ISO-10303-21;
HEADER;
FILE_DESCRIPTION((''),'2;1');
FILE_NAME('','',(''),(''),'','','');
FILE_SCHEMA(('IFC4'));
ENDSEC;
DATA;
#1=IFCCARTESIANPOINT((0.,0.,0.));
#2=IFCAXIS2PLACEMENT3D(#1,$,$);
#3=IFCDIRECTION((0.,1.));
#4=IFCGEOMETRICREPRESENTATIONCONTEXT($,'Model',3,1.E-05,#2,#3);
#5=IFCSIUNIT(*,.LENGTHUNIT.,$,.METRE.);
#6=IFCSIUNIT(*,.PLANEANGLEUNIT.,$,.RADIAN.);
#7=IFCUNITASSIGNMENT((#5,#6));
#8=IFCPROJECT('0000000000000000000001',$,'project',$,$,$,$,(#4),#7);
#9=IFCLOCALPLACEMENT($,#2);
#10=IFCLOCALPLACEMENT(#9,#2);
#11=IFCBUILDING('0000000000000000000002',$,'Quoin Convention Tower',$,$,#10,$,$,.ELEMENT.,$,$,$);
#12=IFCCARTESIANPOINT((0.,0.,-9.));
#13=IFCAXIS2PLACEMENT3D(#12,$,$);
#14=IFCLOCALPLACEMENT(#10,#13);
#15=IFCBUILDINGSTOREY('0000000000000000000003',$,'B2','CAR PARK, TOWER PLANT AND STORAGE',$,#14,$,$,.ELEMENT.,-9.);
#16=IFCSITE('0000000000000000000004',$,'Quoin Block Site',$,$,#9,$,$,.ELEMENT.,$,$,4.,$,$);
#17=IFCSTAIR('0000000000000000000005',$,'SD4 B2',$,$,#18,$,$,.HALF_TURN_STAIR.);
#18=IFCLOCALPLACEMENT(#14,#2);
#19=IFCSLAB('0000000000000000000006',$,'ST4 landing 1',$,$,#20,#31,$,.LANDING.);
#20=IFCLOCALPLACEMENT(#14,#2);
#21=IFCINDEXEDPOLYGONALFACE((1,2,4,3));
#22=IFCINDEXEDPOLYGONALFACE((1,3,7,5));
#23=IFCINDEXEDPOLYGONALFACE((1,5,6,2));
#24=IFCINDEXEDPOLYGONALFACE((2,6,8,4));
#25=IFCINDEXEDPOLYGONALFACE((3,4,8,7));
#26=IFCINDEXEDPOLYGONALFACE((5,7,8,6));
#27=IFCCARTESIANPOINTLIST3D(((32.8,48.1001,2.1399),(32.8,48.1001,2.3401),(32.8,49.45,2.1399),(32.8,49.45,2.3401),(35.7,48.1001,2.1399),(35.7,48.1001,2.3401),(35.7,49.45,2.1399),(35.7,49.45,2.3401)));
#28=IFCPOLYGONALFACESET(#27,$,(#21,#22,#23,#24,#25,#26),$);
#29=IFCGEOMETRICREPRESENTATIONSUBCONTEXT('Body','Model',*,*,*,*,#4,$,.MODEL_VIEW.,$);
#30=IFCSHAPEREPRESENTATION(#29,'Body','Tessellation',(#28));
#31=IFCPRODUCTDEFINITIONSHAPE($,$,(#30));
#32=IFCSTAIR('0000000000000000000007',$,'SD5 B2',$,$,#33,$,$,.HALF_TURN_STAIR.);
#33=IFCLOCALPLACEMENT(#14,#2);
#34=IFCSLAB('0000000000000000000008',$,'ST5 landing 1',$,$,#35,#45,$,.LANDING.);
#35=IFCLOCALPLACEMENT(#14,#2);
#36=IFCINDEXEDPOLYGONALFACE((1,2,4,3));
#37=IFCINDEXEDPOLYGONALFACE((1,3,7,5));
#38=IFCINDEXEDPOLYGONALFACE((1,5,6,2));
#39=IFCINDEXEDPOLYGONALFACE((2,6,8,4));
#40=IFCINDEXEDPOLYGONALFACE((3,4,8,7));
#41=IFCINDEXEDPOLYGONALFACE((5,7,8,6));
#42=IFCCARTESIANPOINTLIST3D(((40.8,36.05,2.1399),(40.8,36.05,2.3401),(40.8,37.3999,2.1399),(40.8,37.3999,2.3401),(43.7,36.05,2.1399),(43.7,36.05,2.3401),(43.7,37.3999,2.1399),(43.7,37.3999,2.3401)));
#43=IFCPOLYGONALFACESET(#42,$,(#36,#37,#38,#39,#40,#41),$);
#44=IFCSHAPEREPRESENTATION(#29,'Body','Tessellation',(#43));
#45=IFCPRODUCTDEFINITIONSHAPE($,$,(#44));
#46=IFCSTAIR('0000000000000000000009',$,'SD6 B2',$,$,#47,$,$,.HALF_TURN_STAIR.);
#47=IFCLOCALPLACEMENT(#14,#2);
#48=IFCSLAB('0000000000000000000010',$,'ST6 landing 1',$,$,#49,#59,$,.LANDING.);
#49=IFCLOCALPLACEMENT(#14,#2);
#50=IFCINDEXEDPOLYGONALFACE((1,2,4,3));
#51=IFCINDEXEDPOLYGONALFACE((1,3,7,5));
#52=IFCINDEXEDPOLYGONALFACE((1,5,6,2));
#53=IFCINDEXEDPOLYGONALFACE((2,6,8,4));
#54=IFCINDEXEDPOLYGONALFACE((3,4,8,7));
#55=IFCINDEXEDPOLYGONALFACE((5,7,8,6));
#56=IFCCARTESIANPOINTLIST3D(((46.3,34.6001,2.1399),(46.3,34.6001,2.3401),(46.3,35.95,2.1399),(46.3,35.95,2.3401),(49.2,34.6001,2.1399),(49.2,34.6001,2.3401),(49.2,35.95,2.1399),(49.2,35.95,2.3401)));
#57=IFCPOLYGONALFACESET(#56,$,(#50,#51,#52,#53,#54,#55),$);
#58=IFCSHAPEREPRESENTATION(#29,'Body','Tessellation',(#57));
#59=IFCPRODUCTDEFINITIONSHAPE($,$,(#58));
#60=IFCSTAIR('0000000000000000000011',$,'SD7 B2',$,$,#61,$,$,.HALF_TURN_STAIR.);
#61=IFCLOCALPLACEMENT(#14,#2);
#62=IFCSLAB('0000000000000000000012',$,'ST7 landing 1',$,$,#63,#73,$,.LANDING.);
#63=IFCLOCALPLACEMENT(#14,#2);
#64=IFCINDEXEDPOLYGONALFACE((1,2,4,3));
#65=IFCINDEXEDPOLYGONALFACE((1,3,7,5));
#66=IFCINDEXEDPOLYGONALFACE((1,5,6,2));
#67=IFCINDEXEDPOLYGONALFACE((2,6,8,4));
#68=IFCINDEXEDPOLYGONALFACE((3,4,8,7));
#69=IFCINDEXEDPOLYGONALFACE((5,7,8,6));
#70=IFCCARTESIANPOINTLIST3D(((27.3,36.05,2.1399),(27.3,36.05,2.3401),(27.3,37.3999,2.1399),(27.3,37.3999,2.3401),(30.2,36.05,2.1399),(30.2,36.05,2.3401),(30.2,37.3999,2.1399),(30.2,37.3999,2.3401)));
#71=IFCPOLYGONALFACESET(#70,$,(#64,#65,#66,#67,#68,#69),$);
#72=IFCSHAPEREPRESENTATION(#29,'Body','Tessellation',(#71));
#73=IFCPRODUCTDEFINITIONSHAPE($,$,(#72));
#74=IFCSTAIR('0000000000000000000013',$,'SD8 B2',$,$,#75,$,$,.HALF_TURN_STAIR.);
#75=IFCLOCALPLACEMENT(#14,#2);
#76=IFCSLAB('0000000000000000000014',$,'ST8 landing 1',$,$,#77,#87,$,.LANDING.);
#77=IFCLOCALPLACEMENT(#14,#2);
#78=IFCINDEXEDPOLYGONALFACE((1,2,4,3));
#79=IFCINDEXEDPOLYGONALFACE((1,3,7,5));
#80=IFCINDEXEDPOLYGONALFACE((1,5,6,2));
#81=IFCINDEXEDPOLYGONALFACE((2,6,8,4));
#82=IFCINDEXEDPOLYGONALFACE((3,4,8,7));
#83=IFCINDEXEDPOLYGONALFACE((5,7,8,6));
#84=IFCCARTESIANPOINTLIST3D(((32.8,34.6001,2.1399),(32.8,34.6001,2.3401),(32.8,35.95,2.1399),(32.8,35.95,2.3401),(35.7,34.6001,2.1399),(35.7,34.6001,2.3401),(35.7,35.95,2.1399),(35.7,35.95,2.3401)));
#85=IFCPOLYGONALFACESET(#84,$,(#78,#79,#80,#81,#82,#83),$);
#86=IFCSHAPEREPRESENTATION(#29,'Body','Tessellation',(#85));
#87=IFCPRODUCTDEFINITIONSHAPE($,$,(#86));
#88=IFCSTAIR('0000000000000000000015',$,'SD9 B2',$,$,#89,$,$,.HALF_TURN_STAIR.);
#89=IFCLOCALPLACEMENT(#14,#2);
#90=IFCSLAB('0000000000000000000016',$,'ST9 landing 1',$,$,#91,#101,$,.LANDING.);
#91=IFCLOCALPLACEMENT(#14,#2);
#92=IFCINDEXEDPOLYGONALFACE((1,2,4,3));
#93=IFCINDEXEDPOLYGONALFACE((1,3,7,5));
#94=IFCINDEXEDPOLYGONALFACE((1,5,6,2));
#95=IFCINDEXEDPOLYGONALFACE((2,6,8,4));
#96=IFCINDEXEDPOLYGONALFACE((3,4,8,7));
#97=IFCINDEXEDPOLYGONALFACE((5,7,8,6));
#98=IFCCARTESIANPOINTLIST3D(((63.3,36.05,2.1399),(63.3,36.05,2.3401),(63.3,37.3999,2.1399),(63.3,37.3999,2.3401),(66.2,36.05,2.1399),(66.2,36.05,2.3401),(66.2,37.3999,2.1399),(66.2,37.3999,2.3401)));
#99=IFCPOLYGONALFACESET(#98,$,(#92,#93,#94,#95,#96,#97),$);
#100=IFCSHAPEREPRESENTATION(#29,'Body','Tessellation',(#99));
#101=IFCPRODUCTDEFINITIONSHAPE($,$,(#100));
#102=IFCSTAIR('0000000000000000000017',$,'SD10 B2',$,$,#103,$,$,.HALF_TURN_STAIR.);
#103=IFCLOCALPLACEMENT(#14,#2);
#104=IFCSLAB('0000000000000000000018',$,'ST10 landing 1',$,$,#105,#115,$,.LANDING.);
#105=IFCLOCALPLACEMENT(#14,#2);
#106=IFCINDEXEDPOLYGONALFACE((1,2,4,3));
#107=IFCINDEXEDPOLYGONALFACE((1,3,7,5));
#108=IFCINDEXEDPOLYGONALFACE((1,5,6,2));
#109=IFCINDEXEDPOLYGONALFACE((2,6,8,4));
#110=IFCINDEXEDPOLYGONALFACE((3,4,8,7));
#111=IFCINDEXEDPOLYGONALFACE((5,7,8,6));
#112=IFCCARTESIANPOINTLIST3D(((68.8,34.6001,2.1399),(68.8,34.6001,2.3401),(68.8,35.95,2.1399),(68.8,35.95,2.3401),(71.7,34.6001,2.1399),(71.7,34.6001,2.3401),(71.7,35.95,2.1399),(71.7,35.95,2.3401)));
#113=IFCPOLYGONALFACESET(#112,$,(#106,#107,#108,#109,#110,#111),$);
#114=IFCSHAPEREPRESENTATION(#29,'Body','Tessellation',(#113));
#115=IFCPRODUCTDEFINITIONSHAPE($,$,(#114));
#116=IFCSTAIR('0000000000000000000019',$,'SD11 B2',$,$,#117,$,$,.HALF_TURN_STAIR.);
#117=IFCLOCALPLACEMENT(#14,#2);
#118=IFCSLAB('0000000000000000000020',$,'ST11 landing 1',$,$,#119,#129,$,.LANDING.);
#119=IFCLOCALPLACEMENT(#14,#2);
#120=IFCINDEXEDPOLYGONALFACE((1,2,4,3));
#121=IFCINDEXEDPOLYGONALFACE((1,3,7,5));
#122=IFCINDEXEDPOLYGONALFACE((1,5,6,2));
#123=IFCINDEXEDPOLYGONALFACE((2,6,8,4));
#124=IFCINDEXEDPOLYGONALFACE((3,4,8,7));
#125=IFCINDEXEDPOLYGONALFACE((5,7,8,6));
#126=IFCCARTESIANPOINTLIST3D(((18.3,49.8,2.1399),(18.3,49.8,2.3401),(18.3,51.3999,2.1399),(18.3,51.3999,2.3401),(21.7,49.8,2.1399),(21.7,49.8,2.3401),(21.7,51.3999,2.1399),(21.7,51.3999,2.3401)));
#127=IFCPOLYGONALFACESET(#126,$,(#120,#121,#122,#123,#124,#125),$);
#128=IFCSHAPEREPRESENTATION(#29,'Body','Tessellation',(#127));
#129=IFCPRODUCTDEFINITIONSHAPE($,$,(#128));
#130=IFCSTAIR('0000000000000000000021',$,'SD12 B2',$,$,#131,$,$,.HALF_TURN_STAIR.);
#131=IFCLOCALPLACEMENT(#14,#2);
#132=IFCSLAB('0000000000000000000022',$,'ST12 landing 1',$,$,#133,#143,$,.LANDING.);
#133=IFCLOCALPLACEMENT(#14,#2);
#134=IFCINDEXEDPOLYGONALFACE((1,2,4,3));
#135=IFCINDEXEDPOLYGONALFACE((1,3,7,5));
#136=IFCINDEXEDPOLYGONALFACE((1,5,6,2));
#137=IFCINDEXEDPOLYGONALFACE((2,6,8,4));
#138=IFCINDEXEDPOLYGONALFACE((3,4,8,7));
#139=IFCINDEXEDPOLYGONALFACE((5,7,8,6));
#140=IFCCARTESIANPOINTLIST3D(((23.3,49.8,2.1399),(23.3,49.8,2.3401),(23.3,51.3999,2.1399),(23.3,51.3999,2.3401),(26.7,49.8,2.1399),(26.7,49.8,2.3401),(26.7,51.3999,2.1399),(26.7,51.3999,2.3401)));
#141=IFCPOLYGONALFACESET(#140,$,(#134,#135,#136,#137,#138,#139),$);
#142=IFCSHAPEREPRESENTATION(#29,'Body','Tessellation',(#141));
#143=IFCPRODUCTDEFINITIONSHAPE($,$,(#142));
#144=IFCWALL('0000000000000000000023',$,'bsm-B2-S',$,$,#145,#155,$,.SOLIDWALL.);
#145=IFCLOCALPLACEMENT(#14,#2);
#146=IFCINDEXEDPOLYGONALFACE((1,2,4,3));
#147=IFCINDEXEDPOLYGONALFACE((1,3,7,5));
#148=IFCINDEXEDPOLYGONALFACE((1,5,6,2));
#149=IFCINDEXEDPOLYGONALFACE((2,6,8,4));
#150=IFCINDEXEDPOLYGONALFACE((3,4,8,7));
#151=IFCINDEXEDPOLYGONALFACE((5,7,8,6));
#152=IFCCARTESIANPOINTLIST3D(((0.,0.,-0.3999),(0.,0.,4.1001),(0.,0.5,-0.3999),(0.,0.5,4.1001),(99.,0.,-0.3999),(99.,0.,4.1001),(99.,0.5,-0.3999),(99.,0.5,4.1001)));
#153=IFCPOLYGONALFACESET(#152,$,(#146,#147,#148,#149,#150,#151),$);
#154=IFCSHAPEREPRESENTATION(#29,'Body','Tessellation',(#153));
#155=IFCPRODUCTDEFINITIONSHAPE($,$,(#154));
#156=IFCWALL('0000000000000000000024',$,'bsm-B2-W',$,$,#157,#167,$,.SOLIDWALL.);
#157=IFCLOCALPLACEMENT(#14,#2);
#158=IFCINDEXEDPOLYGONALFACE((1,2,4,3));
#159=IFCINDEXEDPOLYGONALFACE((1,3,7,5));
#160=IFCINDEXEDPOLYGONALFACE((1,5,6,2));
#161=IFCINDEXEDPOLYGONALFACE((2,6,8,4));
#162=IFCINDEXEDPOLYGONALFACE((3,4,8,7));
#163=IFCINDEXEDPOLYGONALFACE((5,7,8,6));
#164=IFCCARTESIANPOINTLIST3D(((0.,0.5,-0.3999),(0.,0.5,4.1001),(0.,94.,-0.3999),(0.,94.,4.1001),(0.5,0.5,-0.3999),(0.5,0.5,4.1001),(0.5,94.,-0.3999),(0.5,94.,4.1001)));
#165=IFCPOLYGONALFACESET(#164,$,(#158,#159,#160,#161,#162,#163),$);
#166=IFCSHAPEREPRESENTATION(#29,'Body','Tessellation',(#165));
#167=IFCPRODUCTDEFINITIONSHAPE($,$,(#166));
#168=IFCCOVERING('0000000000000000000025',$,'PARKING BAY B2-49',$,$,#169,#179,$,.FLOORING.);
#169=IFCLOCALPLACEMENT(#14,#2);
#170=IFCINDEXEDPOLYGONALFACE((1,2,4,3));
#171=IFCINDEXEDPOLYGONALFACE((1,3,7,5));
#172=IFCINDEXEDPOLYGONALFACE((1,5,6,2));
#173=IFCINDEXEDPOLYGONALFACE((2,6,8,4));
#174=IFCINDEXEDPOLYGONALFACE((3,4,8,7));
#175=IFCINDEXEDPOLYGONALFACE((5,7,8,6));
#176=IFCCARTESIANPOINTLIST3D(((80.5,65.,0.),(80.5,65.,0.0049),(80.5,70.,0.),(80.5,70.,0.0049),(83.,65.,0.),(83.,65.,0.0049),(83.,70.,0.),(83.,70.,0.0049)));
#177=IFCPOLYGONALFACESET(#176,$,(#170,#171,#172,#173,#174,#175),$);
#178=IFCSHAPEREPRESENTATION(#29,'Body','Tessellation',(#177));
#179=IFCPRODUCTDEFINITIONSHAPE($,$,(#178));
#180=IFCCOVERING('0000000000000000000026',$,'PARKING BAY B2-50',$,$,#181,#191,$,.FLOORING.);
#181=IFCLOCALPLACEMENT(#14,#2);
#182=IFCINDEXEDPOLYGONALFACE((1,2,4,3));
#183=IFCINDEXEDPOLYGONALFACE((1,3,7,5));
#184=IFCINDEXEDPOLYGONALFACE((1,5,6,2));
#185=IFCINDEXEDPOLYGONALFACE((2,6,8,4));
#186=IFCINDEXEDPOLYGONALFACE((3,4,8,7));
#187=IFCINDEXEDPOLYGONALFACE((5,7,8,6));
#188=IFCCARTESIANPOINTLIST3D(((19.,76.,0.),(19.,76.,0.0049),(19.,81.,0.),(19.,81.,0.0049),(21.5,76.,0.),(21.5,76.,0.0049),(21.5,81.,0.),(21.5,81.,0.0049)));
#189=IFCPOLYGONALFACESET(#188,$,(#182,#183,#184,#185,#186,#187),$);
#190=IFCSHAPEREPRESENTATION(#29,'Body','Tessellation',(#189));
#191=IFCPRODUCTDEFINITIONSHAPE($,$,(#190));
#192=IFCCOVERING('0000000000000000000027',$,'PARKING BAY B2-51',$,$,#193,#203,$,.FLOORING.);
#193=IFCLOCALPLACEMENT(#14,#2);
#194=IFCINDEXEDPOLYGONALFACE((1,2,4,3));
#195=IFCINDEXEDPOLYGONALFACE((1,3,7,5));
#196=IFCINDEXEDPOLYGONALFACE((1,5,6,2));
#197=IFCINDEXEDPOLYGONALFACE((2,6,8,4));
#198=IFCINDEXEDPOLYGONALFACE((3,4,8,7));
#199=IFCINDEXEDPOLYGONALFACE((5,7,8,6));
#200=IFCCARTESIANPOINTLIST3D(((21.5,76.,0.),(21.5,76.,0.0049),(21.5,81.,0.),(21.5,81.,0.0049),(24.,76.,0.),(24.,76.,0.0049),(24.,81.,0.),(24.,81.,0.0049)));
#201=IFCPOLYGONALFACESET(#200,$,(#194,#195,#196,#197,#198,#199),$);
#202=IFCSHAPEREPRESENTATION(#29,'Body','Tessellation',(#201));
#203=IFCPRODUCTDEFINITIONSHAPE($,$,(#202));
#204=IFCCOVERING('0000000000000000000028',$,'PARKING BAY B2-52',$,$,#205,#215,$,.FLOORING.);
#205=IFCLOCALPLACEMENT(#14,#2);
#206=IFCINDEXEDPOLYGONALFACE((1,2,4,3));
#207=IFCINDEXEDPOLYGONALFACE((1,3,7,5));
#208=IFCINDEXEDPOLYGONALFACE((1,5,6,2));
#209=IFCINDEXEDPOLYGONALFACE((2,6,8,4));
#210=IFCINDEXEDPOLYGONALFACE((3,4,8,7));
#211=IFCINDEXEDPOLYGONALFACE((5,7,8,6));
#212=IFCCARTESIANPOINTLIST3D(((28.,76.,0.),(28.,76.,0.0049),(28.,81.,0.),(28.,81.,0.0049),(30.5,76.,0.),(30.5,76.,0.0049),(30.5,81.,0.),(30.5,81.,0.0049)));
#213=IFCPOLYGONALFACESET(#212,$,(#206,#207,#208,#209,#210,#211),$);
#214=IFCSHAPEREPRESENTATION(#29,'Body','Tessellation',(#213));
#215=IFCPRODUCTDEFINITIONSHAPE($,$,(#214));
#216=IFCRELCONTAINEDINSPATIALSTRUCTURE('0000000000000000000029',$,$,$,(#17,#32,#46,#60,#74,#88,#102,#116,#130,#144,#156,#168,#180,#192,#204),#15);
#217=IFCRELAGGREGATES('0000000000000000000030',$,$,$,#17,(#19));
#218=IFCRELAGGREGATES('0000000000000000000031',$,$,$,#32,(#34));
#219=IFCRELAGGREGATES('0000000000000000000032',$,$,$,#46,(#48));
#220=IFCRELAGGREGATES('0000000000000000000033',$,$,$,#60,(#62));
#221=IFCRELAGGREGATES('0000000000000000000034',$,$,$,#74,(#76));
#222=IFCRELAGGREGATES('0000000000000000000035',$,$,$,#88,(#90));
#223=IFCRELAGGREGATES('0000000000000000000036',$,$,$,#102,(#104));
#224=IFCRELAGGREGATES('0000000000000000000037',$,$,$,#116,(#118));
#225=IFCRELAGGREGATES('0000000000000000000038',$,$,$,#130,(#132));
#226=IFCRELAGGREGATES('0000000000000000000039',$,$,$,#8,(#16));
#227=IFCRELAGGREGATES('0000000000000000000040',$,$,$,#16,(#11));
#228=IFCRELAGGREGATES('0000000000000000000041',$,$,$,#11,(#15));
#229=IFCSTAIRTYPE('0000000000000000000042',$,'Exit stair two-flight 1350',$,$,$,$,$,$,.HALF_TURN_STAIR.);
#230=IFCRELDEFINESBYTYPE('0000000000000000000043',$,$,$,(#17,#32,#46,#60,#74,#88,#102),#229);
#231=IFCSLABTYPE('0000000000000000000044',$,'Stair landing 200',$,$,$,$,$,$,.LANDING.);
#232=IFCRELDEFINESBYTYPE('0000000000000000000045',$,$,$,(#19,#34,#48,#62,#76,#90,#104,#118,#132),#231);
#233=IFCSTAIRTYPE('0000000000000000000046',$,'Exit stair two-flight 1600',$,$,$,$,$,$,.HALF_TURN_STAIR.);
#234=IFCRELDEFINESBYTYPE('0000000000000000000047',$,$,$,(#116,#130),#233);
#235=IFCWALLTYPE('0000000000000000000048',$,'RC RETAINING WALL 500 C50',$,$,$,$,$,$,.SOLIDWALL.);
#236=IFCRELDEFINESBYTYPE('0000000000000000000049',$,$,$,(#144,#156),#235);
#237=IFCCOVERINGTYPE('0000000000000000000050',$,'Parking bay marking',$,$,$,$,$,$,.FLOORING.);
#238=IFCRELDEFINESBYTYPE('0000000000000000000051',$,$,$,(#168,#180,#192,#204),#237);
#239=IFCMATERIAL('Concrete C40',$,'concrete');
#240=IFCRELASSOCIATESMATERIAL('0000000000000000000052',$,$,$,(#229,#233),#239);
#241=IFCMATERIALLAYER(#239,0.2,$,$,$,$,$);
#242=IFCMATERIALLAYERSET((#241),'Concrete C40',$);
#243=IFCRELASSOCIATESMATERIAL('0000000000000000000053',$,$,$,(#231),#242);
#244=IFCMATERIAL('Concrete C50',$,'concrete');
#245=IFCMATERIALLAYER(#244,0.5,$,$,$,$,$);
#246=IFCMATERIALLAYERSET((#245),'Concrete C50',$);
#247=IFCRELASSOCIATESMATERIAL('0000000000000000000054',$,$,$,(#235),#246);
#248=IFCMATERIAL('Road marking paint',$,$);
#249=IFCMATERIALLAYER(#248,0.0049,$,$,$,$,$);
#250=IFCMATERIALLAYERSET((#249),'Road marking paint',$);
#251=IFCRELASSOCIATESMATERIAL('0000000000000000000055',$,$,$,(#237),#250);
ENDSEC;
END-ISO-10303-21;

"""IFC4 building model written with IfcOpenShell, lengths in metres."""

from ifc_helpers import new_model, si_unit, direction, frame, frame_2d, origin, place, context, subcontext, project, spatial, polyline, rectangle, outline, extrude, material, layer, layer_set, type_object, element, aggregate, save


model = new_model("IFC4")

# Units and contexts
model_context = context("Model", 3, precision=1e-05, world=origin(), true_north=direction((0.0, 1.0)))
body_context = subcontext(model_context, "Body", "Model", "MODEL_VIEW")
ifc_project = project(units=[si_unit("LENGTHUNIT", "METRE"), si_unit("PLANEANGLEUNIT", "RADIAN")], contexts=[model_context])

# Site, building, storey
site_placement = place(None, origin())
site = spatial("IfcSite", under=ifc_project, at=site_placement, Name="Quoin Block Site", CompositionType="ELEMENT", RefElevation=4.0)
building_placement = place(site_placement, origin())
building = spatial("IfcBuilding", under=site, at=building_placement, Name="Quoin Convention Tower", CompositionType="ELEMENT")
storey_placement = place(building_placement, frame((0.0, 0.0, -9.0)))
storey = spatial("IfcBuildingStorey", under=building, at=storey_placement, Name="B2", Description="CAR PARK, TOWER PLANT AND STORAGE", CompositionType="ELEMENT", Elevation=-9.0)

# Shared definitions
ifc_material_1 = material(Name="Concrete C50", Category="concrete")

# Shared definitions
ifc_material_2 = material(Name="Concrete C40", Category="concrete")

# Stairs, slabs
stair_type_1 = type_object("IfcStairType", Name="Exit stair two-flight 1350", PredefinedType="HALF_TURN_STAIR", material=ifc_material_2)
ifc_layer_1 = layer(ifc_material_2, 0.2)
ifc_layer_set_1 = layer_set([ifc_layer_1], Name="Concrete C40")
slab_type = type_object("IfcSlabType", Name="Stair landing 200", PredefinedType="LANDING", material=ifc_layer_set_1)
stair_1_placement = place(storey_placement, origin())
stair_1 = element("IfcStair", 1, at=stair_1_placement, inside=storey, type_object=stair_type_1, Name="SD4 B2", PredefinedType="HALF_TURN_STAIR")
slab_1_placement = place(storey_placement, frame((0.0, 0.0, 2.1399)))
slab_1 = element("IfcSlab", 2, at=slab_1_placement, type_object=slab_type, Name="ST4 landing 1", PredefinedType="LANDING", context=body_context, shape_type="SweptSolid", body=[
    extrude(outline(polyline([(35.7, 49.45), (32.8, 49.45), (32.8, 48.1001), (35.7, 48.1001), (35.7, 49.45)])), origin(), (0.0, 0.0, 1.0), 0.2002),
])
aggregate(stair_1, [slab_1])
stair_2_placement = place(storey_placement, origin())
stair_2 = element("IfcStair", 3, at=stair_2_placement, inside=storey, type_object=stair_type_1, Name="SD5 B2", PredefinedType="HALF_TURN_STAIR")
slab_2_placement = place(storey_placement, frame((0.0, 0.0, 2.1399)))
slab_2 = element("IfcSlab", 4, at=slab_2_placement, type_object=slab_type, Name="ST5 landing 1", PredefinedType="LANDING", context=body_context, shape_type="SweptSolid", body=[
    extrude(outline(polyline([(40.8, 36.05), (43.7, 36.05), (43.7, 37.3999), (40.8, 37.3999), (40.8, 36.05)])), origin(), (0.0, 0.0, 1.0), 0.2002),
])
aggregate(stair_2, [slab_2])
stair_3_placement = place(storey_placement, origin())
stair_3 = element("IfcStair", 5, at=stair_3_placement, inside=storey, type_object=stair_type_1, Name="SD6 B2", PredefinedType="HALF_TURN_STAIR")
slab_3_placement = place(storey_placement, frame((0.0, 0.0, 2.1399)))
slab_3 = element("IfcSlab", 6, at=slab_3_placement, type_object=slab_type, Name="ST6 landing 1", PredefinedType="LANDING", context=body_context, shape_type="SweptSolid", body=[
    extrude(outline(polyline([(49.2, 35.95), (46.3, 35.95), (46.3, 34.6001), (49.2, 34.6001), (49.2, 35.95)])), origin(), (0.0, 0.0, 1.0), 0.2002),
])
aggregate(stair_3, [slab_3])
stair_4_placement = place(storey_placement, origin())
stair_4 = element("IfcStair", 7, at=stair_4_placement, inside=storey, type_object=stair_type_1, Name="SD7 B2", PredefinedType="HALF_TURN_STAIR")
slab_4_placement = place(storey_placement, frame((0.0, 0.0, 2.1399)))
slab_4 = element("IfcSlab", 8, at=slab_4_placement, type_object=slab_type, Name="ST7 landing 1", PredefinedType="LANDING", context=body_context, shape_type="SweptSolid", body=[
    extrude(outline(polyline([(27.3, 36.05), (30.2, 36.05), (30.2, 37.3999), (27.3, 37.3999), (27.3, 36.05)])), origin(), (0.0, 0.0, 1.0), 0.2002),
])
aggregate(stair_4, [slab_4])
stair_5_placement = place(storey_placement, origin())
stair_5 = element("IfcStair", 9, at=stair_5_placement, inside=storey, type_object=stair_type_1, Name="SD8 B2", PredefinedType="HALF_TURN_STAIR")
slab_5_placement = place(storey_placement, frame((0.0, 0.0, 2.1399)))
slab_5 = element("IfcSlab", 10, at=slab_5_placement, type_object=slab_type, Name="ST8 landing 1", PredefinedType="LANDING", context=body_context, shape_type="SweptSolid", body=[
    extrude(outline(polyline([(35.7, 35.95), (32.8, 35.95), (32.8, 34.6001), (35.7, 34.6001), (35.7, 35.95)])), origin(), (0.0, 0.0, 1.0), 0.2002),
])
aggregate(stair_5, [slab_5])
stair_6_placement = place(storey_placement, origin())
stair_6 = element("IfcStair", 11, at=stair_6_placement, inside=storey, type_object=stair_type_1, Name="SD9 B2", PredefinedType="HALF_TURN_STAIR")
slab_6_placement = place(storey_placement, frame((0.0, 0.0, 2.1399)))
slab_6 = element("IfcSlab", 12, at=slab_6_placement, type_object=slab_type, Name="ST9 landing 1", PredefinedType="LANDING", context=body_context, shape_type="SweptSolid", body=[
    extrude(outline(polyline([(63.3, 36.05), (66.2, 36.05), (66.2, 37.3999), (63.3, 37.3999), (63.3, 36.05)])), origin(), (0.0, 0.0, 1.0), 0.2002),
])
aggregate(stair_6, [slab_6])
stair_7_placement = place(storey_placement, origin())
stair_7 = element("IfcStair", 13, at=stair_7_placement, inside=storey, type_object=stair_type_1, Name="SD10 B2", PredefinedType="HALF_TURN_STAIR")
slab_7_placement = place(storey_placement, frame((0.0, 0.0, 2.1399)))
slab_7 = element("IfcSlab", 14, at=slab_7_placement, type_object=slab_type, Name="ST10 landing 1", PredefinedType="LANDING", context=body_context, shape_type="SweptSolid", body=[
    extrude(outline(polyline([(71.7, 35.95), (68.8, 35.95), (68.8, 34.6001), (71.7, 34.6001), (71.7, 35.95)])), origin(), (0.0, 0.0, 1.0), 0.2002),
])
aggregate(stair_7, [slab_7])
stair_type_2 = type_object("IfcStairType", Name="Exit stair two-flight 1600", PredefinedType="HALF_TURN_STAIR", material=ifc_material_2)
stair_8_placement = place(storey_placement, origin())
stair_8 = element("IfcStair", 15, at=stair_8_placement, inside=storey, type_object=stair_type_2, Name="SD11 B2", PredefinedType="HALF_TURN_STAIR")
slab_8_placement = place(storey_placement, frame((0.0, 0.0, 2.1399)))
slab_8 = element("IfcSlab", 16, at=slab_8_placement, type_object=slab_type, Name="ST11 landing 1", PredefinedType="LANDING", context=body_context, shape_type="SweptSolid", body=[
    extrude(outline(polyline([(21.7, 51.3999), (18.3, 51.3999), (18.3, 49.8), (21.7, 49.8), (21.7, 51.3999)])), origin(), (0.0, 0.0, 1.0), 0.2002),
])
aggregate(stair_8, [slab_8])
stair_9_placement = place(storey_placement, origin())
stair_9 = element("IfcStair", 17, at=stair_9_placement, inside=storey, type_object=stair_type_2, Name="SD12 B2", PredefinedType="HALF_TURN_STAIR")
slab_9_placement = place(storey_placement, frame((0.0, 0.0, 2.1399)))
slab_9 = element("IfcSlab", 18, at=slab_9_placement, type_object=slab_type, Name="ST12 landing 1", PredefinedType="LANDING", context=body_context, shape_type="SweptSolid", body=[
    extrude(outline(polyline([(26.7, 51.3999), (23.3, 51.3999), (23.3, 49.8), (26.7, 49.8), (26.7, 51.3999)])), origin(), (0.0, 0.0, 1.0), 0.2002),
])
aggregate(stair_9, [slab_9])

# Walls
ifc_layer_2 = layer(ifc_material_1, 0.5)
ifc_layer_set_2 = layer_set([ifc_layer_2], Name="Concrete C50")
wall_type = type_object("IfcWallType", Name="RC RETAINING WALL 500 C50", PredefinedType="SOLIDWALL", material=ifc_layer_set_2)
wall_1_placement = place(storey_placement, frame((0.0, 0.25, -0.3999), z_axis=(0.0, 0.0, 1.0), x_axis=(1.0, 0.0, 0.0)))
element("IfcWall", 19, at=wall_1_placement, inside=storey, type_object=wall_type, Name="bsm-B2-S", PredefinedType="SOLIDWALL", context=body_context, shape_type="SweptSolid", body=[
    extrude(rectangle(XDim=99.0, YDim=0.5, at=frame_2d((49.5, 0.0))), origin(), (0.0, 0.0, 1.0), 4.5),
])
wall_2_placement = place(storey_placement, frame((0.25, 0.5, -0.3999), z_axis=(0.0, 0.0, 1.0), x_axis=(0.0, 1.0, 0.0)))
element("IfcWall", 20, at=wall_2_placement, inside=storey, type_object=wall_type, Name="bsm-B2-W", PredefinedType="SOLIDWALL", context=body_context, shape_type="SweptSolid", body=[
    extrude(rectangle(XDim=93.5, YDim=0.5, at=frame_2d((46.75, 0.0))), origin(), (0.0, 0.0, 1.0), 4.5),
])

# Coverings
ifc_material_3 = material(Name="Road marking paint")
ifc_layer_3 = layer(ifc_material_3, 0.0049)
ifc_layer_set_3 = layer_set([ifc_layer_3], Name="Road marking paint")
covering_type = type_object("IfcCoveringType", Name="Parking bay marking", PredefinedType="FLOORING", material=ifc_layer_set_3)
covering_1_placement = place(storey_placement, origin())
element("IfcCovering", 21, at=covering_1_placement, inside=storey, type_object=covering_type, Name="PARKING BAY B2-49", PredefinedType="FLOORING", context=body_context, shape_type="SweptSolid", body=[
    extrude(outline(polyline([(80.5, 65.0), (83.0, 65.0), (83.0, 70.0), (80.5, 70.0), (80.5, 65.0)])), origin(), (0.0, 0.0, 1.0), 0.0049),
])
covering_2_placement = place(storey_placement, origin())
element("IfcCovering", 22, at=covering_2_placement, inside=storey, type_object=covering_type, Name="PARKING BAY B2-50", PredefinedType="FLOORING", context=body_context, shape_type="SweptSolid", body=[
    extrude(outline(polyline([(19.0, 76.0), (21.5, 76.0), (21.5, 81.0), (19.0, 81.0), (19.0, 76.0)])), origin(), (0.0, 0.0, 1.0), 0.0049),
])
covering_3_placement = place(storey_placement, origin())
element("IfcCovering", 23, at=covering_3_placement, inside=storey, type_object=covering_type, Name="PARKING BAY B2-51", PredefinedType="FLOORING", context=body_context, shape_type="SweptSolid", body=[
    extrude(outline(polyline([(21.5, 76.0), (24.0, 76.0), (24.0, 81.0), (21.5, 81.0), (21.5, 76.0)])), origin(), (0.0, 0.0, 1.0), 0.0049),
])
covering_4_placement = place(storey_placement, origin())
element("IfcCovering", 24, at=covering_4_placement, inside=storey, type_object=covering_type, Name="PARKING BAY B2-52", PredefinedType="FLOORING", context=body_context, shape_type="SweptSolid", body=[
    extrude(outline(polyline([(28.0, 76.0), (30.5, 76.0), (30.5, 81.0), (28.0, 81.0), (28.0, 76.0)])), origin(), (0.0, 0.0, 1.0), 0.0049),
])

save(model, "model.ifc")
